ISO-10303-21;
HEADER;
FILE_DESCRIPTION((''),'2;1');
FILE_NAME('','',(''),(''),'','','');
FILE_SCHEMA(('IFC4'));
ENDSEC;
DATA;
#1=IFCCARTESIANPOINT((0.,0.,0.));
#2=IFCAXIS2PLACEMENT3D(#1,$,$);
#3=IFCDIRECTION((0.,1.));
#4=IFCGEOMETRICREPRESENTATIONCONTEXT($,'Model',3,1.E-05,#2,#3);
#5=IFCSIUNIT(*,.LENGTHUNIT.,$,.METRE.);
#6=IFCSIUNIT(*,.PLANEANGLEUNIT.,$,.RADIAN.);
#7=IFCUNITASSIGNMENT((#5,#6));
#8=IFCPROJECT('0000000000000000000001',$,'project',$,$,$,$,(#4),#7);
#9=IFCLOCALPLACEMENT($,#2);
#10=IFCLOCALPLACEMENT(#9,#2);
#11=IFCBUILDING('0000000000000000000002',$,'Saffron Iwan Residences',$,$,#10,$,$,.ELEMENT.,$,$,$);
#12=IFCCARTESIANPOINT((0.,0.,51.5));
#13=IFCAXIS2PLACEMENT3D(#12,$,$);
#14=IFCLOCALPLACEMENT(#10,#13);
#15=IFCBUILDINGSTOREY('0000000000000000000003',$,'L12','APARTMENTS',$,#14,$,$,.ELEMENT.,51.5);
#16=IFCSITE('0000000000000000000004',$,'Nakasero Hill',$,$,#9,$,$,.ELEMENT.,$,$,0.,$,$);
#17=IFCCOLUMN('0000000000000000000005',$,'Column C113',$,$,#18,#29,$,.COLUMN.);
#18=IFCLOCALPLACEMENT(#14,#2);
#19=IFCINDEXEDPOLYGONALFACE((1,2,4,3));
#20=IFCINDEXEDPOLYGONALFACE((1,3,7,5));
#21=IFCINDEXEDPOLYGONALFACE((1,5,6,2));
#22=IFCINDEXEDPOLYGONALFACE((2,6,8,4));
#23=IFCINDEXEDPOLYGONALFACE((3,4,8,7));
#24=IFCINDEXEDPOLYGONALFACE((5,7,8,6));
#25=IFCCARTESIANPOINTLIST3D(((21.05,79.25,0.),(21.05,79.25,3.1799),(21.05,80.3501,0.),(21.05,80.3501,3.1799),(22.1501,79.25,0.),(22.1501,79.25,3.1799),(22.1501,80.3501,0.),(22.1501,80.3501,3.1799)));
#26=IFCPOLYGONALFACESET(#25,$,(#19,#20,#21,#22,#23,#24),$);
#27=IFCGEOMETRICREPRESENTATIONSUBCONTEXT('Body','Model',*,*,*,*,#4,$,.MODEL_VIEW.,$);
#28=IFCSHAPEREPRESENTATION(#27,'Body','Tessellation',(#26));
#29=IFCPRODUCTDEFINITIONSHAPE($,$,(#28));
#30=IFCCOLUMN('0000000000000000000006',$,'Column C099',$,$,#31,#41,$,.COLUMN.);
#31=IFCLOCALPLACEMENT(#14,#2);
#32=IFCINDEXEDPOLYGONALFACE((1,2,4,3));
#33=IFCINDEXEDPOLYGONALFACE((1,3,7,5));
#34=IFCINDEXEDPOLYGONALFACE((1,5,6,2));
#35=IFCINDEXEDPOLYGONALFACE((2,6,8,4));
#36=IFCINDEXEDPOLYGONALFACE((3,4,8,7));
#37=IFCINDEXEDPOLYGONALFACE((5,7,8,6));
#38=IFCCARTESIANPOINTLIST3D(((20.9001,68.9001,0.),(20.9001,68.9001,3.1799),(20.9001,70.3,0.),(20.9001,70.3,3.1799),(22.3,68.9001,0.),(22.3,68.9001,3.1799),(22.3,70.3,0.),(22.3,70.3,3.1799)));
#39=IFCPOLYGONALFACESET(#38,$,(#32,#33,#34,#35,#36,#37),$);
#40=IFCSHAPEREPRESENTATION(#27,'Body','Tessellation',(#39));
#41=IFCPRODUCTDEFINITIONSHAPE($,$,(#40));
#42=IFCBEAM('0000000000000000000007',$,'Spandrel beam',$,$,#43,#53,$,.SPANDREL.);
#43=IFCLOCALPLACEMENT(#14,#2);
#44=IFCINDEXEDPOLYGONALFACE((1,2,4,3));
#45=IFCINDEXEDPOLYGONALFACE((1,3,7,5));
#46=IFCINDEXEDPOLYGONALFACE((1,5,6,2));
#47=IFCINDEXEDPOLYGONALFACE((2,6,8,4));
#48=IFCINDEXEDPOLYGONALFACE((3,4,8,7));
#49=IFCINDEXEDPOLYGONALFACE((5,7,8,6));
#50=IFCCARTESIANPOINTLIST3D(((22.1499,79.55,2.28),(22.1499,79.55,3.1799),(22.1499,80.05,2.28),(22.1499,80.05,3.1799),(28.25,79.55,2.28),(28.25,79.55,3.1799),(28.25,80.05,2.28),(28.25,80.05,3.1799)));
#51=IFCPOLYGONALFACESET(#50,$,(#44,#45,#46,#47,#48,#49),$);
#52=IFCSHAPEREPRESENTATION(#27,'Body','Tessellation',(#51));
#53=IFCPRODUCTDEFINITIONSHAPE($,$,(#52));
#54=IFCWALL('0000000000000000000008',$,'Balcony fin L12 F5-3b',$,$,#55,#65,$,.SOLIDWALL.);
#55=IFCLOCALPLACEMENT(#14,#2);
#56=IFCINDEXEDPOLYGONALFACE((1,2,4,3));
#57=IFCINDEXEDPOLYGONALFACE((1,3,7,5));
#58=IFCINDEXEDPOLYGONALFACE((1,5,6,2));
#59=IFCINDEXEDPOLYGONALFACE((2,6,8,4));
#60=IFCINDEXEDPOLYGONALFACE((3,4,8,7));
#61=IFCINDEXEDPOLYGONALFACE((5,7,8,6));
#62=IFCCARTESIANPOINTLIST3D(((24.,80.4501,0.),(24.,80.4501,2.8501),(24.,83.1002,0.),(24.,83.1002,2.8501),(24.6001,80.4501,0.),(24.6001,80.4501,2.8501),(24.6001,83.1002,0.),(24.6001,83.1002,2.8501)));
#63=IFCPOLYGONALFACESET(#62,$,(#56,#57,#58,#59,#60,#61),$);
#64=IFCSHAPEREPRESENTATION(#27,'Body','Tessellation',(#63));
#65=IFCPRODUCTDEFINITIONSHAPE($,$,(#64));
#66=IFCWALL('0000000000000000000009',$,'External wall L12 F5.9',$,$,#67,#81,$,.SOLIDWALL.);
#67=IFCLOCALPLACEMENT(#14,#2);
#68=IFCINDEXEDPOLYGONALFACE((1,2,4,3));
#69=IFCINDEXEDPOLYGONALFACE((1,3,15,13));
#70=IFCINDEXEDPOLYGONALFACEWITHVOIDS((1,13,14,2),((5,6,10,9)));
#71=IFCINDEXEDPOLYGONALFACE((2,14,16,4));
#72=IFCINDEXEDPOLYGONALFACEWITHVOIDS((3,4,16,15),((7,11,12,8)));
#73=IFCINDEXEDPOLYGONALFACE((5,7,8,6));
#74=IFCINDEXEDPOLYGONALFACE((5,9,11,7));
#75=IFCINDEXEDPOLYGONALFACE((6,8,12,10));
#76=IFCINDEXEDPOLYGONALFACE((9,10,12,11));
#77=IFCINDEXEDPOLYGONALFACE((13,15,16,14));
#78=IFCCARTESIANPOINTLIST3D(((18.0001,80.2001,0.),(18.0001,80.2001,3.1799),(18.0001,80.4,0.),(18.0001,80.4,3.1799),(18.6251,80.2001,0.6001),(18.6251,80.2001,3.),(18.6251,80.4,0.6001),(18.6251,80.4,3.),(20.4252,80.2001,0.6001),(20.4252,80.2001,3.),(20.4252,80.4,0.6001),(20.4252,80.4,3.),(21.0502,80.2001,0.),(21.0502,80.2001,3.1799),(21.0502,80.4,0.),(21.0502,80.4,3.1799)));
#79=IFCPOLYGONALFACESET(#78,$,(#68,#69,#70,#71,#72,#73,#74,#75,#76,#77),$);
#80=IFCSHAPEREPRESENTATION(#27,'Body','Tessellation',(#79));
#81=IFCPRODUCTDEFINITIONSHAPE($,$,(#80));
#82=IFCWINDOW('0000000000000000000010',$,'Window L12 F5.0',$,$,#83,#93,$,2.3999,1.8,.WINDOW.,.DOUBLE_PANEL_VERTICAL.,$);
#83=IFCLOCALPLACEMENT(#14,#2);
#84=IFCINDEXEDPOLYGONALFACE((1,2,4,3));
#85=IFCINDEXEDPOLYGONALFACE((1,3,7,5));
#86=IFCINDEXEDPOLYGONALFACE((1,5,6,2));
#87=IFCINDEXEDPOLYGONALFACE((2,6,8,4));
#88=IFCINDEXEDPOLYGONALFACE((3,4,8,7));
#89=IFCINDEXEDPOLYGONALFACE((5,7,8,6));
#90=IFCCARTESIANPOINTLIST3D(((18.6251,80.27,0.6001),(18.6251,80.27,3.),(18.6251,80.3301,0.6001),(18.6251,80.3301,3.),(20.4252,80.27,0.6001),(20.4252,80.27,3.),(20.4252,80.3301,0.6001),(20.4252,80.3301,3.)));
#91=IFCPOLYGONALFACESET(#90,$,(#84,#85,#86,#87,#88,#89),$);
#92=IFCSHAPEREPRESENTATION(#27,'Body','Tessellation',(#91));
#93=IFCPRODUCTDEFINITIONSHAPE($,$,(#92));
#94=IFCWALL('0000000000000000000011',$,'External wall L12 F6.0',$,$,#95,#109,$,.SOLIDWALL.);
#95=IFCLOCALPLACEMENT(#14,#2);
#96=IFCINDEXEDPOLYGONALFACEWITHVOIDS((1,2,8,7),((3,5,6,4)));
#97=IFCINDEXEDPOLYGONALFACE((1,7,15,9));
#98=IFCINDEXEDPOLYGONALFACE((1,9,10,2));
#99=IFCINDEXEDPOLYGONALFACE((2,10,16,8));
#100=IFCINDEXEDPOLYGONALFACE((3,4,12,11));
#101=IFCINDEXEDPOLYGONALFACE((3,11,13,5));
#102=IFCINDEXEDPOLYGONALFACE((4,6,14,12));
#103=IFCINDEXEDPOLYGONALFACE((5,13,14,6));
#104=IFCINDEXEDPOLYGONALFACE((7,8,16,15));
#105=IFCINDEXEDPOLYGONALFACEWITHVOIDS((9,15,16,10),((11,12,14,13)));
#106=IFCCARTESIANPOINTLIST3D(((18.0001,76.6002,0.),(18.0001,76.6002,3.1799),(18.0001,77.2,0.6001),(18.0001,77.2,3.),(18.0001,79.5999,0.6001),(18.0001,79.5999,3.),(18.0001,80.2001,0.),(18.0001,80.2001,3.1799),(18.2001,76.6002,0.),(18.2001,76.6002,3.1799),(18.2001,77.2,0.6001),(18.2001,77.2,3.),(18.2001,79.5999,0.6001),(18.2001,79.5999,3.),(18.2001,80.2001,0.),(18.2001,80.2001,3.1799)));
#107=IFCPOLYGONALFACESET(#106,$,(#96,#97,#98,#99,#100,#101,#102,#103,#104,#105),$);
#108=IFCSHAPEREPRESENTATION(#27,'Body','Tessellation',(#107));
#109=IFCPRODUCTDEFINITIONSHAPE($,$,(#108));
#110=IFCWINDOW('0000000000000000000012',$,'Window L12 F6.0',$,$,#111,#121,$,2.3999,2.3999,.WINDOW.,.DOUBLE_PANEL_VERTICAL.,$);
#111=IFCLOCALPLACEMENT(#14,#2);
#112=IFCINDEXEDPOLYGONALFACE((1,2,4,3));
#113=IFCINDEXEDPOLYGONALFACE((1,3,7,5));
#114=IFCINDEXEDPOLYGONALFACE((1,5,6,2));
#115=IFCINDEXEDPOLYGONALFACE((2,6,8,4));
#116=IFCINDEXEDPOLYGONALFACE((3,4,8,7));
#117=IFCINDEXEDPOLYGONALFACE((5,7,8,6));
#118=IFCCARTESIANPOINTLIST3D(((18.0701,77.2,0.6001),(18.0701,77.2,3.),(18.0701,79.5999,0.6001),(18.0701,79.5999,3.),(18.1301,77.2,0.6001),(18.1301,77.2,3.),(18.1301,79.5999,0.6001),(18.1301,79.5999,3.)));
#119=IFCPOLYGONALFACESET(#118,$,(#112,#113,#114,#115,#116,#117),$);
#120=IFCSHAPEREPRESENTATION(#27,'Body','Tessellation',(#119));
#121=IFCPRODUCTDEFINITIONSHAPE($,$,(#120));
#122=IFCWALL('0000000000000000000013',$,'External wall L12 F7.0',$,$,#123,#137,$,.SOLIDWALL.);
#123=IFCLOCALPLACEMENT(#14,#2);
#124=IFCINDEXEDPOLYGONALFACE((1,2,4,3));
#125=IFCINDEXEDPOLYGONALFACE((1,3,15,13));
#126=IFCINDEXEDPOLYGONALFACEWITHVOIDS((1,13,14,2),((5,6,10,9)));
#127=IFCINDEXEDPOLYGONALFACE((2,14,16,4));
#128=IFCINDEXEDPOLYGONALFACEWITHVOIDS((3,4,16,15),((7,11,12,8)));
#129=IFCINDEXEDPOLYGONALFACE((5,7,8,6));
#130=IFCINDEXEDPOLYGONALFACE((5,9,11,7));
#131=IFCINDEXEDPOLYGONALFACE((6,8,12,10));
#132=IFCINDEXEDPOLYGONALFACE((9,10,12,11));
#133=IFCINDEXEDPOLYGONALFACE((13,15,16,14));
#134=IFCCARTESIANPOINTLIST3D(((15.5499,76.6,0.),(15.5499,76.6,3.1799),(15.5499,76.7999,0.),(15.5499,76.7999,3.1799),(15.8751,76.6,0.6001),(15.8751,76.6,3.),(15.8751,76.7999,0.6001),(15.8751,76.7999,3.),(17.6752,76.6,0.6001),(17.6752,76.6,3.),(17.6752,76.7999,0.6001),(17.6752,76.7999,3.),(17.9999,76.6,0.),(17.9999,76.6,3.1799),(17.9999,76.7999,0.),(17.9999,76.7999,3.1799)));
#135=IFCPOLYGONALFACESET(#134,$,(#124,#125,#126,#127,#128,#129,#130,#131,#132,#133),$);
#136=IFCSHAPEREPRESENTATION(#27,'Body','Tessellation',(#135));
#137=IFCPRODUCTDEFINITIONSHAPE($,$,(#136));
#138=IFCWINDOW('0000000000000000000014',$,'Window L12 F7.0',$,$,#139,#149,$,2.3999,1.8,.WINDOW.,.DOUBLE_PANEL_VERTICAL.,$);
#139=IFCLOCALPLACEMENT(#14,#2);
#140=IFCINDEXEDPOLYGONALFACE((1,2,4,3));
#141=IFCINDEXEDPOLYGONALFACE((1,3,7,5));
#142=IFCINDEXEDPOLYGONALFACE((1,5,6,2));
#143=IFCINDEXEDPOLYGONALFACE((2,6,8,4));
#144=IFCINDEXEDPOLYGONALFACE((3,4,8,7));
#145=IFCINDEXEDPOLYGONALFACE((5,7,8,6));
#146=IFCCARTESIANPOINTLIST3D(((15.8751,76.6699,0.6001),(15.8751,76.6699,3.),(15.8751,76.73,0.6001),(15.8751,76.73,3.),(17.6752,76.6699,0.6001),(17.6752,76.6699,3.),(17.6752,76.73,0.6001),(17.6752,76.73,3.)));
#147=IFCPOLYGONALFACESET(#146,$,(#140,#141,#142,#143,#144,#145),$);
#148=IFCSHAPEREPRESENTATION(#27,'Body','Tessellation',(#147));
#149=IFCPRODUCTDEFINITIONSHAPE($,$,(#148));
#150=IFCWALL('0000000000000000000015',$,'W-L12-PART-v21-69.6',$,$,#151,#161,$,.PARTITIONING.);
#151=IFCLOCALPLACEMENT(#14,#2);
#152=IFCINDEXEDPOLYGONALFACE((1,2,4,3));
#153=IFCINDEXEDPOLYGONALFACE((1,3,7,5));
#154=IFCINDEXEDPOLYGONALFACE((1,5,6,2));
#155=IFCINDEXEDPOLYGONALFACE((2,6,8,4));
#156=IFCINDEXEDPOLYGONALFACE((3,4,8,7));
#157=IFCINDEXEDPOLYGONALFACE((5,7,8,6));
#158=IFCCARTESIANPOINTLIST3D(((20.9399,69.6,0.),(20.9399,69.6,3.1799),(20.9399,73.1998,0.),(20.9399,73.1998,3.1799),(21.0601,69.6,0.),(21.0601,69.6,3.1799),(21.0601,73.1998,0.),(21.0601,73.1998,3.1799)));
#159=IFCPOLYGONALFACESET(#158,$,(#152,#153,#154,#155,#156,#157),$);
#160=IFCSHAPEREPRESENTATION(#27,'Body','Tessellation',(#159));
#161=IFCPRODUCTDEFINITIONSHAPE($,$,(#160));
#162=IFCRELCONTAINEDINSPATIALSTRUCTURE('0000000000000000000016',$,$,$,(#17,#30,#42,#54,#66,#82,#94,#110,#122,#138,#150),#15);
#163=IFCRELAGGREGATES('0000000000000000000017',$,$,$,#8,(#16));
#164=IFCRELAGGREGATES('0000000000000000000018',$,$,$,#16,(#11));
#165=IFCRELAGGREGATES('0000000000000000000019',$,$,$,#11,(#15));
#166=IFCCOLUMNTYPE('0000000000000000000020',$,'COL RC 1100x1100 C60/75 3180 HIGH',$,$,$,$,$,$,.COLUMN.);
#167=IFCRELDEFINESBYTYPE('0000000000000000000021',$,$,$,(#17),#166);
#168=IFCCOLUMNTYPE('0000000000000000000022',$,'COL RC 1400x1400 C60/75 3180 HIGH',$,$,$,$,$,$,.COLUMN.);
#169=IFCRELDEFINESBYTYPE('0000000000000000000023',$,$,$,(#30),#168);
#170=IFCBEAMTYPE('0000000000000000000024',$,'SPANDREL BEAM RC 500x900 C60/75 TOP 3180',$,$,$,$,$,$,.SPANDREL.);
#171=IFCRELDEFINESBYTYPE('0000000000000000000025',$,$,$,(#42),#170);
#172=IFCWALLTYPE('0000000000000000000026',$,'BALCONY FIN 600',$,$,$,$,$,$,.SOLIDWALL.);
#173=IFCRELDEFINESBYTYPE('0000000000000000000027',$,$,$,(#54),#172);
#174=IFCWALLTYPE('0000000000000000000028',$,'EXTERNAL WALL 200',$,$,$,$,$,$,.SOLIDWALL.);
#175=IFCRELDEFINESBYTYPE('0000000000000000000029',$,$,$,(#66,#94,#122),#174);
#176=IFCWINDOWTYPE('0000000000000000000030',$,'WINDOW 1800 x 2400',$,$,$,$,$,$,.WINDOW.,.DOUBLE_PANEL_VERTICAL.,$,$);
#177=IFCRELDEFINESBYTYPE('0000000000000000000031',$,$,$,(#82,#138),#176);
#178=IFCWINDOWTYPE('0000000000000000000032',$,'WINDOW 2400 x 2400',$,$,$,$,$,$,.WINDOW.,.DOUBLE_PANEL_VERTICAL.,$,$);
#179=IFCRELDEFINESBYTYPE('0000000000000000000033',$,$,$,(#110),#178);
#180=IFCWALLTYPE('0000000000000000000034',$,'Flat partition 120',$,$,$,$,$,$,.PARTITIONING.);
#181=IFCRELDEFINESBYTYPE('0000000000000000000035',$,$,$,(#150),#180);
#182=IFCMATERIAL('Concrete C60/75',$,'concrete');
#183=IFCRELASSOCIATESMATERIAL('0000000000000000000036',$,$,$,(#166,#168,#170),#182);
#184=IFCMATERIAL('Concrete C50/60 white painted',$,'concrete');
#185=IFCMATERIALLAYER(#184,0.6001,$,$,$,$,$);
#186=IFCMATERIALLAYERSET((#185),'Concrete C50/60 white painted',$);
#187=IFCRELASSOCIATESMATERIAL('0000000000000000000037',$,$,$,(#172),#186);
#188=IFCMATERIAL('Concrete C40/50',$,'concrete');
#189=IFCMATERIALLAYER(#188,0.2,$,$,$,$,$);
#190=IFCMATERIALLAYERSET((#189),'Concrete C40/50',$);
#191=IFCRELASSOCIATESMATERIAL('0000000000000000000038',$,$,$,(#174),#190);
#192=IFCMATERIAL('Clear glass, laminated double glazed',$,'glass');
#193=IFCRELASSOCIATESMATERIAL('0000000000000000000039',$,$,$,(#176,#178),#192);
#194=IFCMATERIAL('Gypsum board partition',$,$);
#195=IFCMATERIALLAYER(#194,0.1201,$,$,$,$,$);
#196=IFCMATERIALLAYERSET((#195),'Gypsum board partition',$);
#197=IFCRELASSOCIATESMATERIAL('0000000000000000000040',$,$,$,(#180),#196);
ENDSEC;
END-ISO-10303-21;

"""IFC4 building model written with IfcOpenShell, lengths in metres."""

from ifc_helpers import new_model, si_unit, direction, frame, frame_2d, origin, origin_2d, place, context, subcontext, project, spatial, rectangle, extrude, source, transform, mapped, material, layer, layer_set, material_profile, profile_set, type_object, element, fill, save


model = new_model("IFC4")

# Units and contexts
model_context = context("Model", 3, precision=1e-05, world=origin(), true_north=direction((0.0, 1.0)))
body_context = subcontext(model_context, "Body", "Model", "MODEL_VIEW")
ifc_project = project(units=[si_unit("LENGTHUNIT", "METRE"), si_unit("PLANEANGLEUNIT", "RADIAN")], contexts=[model_context])

# Site, building, storey
site_placement = place(None, origin())
site = spatial("IfcSite", under=ifc_project, at=site_placement, Name="Nakasero Hill", CompositionType="ELEMENT", RefElevation=0.0)
building_placement = place(site_placement, origin())
building = spatial("IfcBuilding", under=site, at=building_placement, Name="Saffron Iwan Residences", CompositionType="ELEMENT")
storey_placement = place(building_placement, frame((0.0, 0.0, 51.5)))
storey = spatial("IfcBuildingStorey", under=building, at=storey_placement, Name="L12", Description="APARTMENTS", CompositionType="ELEMENT", Elevation=51.5)

# Columns
ifc_material_1 = material(Name="Concrete C60/75", Category="concrete")
ifc_material_profile_1 = material_profile(ifc_material_1, rectangle(XDim=1.1001, YDim=1.1001, at=origin_2d()), Name="RC 1100x1100")
ifc_profile_set_1 = profile_set([ifc_material_profile_1], Name="Concrete C60/75")
column_type_1 = type_object("IfcColumnType", Name="COL RC 1100x1100 C60/75 3180 HIGH", PredefinedType="COLUMN", material=ifc_profile_set_1)
shared_shape_1 = source(origin(), body_context, "Body", "SweptSolid", [
    extrude(rectangle(XDim=1.1001, YDim=1.1001, at=origin_2d()), origin(), (0.0, 0.0, 1.0), 3.1799),
])
column_1_placement = place(storey_placement, frame((21.6001, 79.8, 0.0), z_axis=(0.0, 0.0, 1.0), x_axis=(1.0, 0.0, 0.0)))
element("IfcColumn", 1, at=column_1_placement, inside=storey, type_object=column_type_1, Name="Column C113", PredefinedType="COLUMN", context=body_context, shape_type="MappedRepresentation", body=[
    mapped(shared_shape_1, transform((0.0, 0.0, 0.0))),
])
ifc_material_profile_2 = material_profile(ifc_material_1, rectangle(XDim=1.3999, YDim=1.3999, at=origin_2d()), Name="RC 1400x1400")
ifc_profile_set_2 = profile_set([ifc_material_profile_2], Name="Concrete C60/75")
column_type_2 = type_object("IfcColumnType", Name="COL RC 1400x1400 C60/75 3180 HIGH", PredefinedType="COLUMN", material=ifc_profile_set_2)
shared_shape_2 = source(origin(), body_context, "Body", "SweptSolid", [
    extrude(rectangle(XDim=1.3999, YDim=1.3999, at=origin_2d()), origin(), (0.0, 0.0, 1.0), 3.1799),
])
column_2_placement = place(storey_placement, frame((21.6001, 69.6001, 0.0), z_axis=(0.0, 0.0, 1.0), x_axis=(1.0, 0.0, 0.0)))
element("IfcColumn", 2, at=column_2_placement, inside=storey, type_object=column_type_2, Name="Column C099", PredefinedType="COLUMN", context=body_context, shape_type="MappedRepresentation", body=[
    mapped(shared_shape_2, transform((0.0, 0.0, 0.0))),
])

# Beam
ifc_material_profile_3 = material_profile(ifc_material_1, rectangle(XDim=0.5, YDim=0.8999, at=origin_2d()), Name="RC 500x900")
ifc_profile_set_3 = profile_set([ifc_material_profile_3], Name="Concrete C60/75")
beam_type = type_object("IfcBeamType", Name="SPANDREL BEAM RC 500x900 C60/75 TOP 3180", PredefinedType="SPANDREL", material=ifc_profile_set_3)
shared_shape_3 = source(origin(), body_context, "Body", "SweptSolid", [
    extrude(rectangle(XDim=0.5, YDim=0.8999, at=origin_2d()), origin(), (0.0, 0.0, 1.0), 6.1001),
])
beam_placement = place(storey_placement, frame((22.1499, 79.8, 2.73), z_axis=(1.0, 0.0, 0.0), x_axis=(0.0, 1.0, 0.0)))
element("IfcBeam", 3, at=beam_placement, inside=storey, type_object=beam_type, Name="Spandrel beam", PredefinedType="SPANDREL", context=body_context, shape_type="MappedRepresentation", body=[
    mapped(shared_shape_3, transform((0.0, 0.0, 0.0))),
])

# Wall
ifc_material_2 = material(Name="Concrete C50/60 white painted", Category="concrete")
ifc_layer_1 = layer(ifc_material_2, 0.6001)
ifc_layer_set_1 = layer_set([ifc_layer_1], Name="Concrete C50/60 white painted")
wall_type_1 = type_object("IfcWallType", Name="BALCONY FIN 600", PredefinedType="SOLIDWALL", material=ifc_layer_set_1)
wall_1_placement = place(storey_placement, frame((24.3, 80.45, 0.0), z_axis=(0.0, 0.0, 1.0), x_axis=(0.0, 1.0, 0.0)))
element("IfcWall", 4, at=wall_1_placement, inside=storey, type_object=wall_type_1, Name="Balcony fin L12 F5-3b", PredefinedType="SOLIDWALL", context=body_context, shape_type="SweptSolid", body=[
    extrude(rectangle(XDim=2.6501, YDim=0.6001, at=frame_2d((1.3252, 0.0))), origin(), (0.0, 0.0, 1.0), 2.8501),
])

# Shared definitions
ifc_material_3 = material(Name="Concrete C40/50", Category="concrete")
ifc_layer_2 = layer(ifc_material_3, 0.2)
ifc_layer_set_2 = layer_set([ifc_layer_2], Name="Concrete C40/50")
wall_type_2 = type_object("IfcWallType", Name="EXTERNAL WALL 200", PredefinedType="SOLIDWALL", material=ifc_layer_set_2)
ifc_material_4 = material(Name="Clear glass, laminated double glazed", Category="glass")

# Walls, openings, windows
wall_2_placement = place(storey_placement, frame((21.05, 80.3, 0.0), z_axis=(0.0, 0.0, 1.0), x_axis=(-1.0, 0.0, 0.0)))
wall_2 = element("IfcWall", 5, at=wall_2_placement, inside=storey, type_object=wall_type_2, Name="External wall L12 F5.9", PredefinedType="SOLIDWALL", context=body_context, shape_type="SweptSolid", body=[
    extrude(rectangle(XDim=3.05, YDim=0.2, at=frame_2d((1.5249, 0.0))), origin(), (0.0, 0.0, 1.0), 3.1799),
])
opening_1_placement = place(wall_2_placement, frame((0.625, 0.0, 0.6001)))
opening_1 = element("IfcOpeningElement", 6, at=opening_1_placement, cuts=wall_2, PredefinedType="OPENING", context=body_context, shape_type="SweptSolid", body=[
    extrude(rectangle(XDim=1.8, YDim=2.3999, at=frame_2d((0.8999, 1.2))), frame((0.0, 0.1099, 0.0), z_axis=(0.0, -1.0, 0.0), x_axis=(1.0, 0.0, 0.0)), (0.0, 0.0, 1.0), 0.22),
])
window_type_1 = type_object("IfcWindowType", Name="WINDOW 1800 x 2400", PartitioningType="DOUBLE_PANEL_VERTICAL", PredefinedType="WINDOW", material=ifc_material_4)
window_1_placement = place(opening_1_placement, origin())
window_1 = element("IfcWindow", 7, at=window_1_placement, inside=storey, type_object=window_type_1, Name="Window L12 F5.0", OverallHeight=2.3999, OverallWidth=1.8, PartitioningType="DOUBLE_PANEL_VERTICAL", PredefinedType="WINDOW", context=body_context, shape_type="SweptSolid", body=[
    extrude(rectangle(XDim=1.8, YDim=2.3999, at=frame_2d((0.8999, 1.2))), frame((0.0, 0.03, 0.0), z_axis=(0.0, -1.0, 0.0), x_axis=(1.0, 0.0, 0.0)), (0.0, 0.0, 1.0), 0.0601),
])
fill(opening_1, window_1)
wall_3_placement = place(storey_placement, frame((18.1001, 80.2, 0.0), z_axis=(0.0, 0.0, 1.0), x_axis=(0.0, -1.0, 0.0)))
wall_3 = element("IfcWall", 8, at=wall_3_placement, inside=storey, type_object=wall_type_2, Name="External wall L12 F6.0", PredefinedType="SOLIDWALL", context=body_context, shape_type="SweptSolid", body=[
    extrude(rectangle(XDim=3.5999, YDim=0.2, at=frame_2d((1.7998, 0.0))), origin(), (0.0, 0.0, 1.0), 3.1799),
])
opening_2_placement = place(wall_3_placement, frame((0.6001, 0.0, 0.6001)))
opening_2 = element("IfcOpeningElement", 9, at=opening_2_placement, cuts=wall_3, PredefinedType="OPENING", context=body_context, shape_type="SweptSolid", body=[
    extrude(rectangle(XDim=2.3999, YDim=2.3999, at=frame_2d((1.2, 1.2))), frame((0.0, 0.1099, 0.0), z_axis=(0.0, -1.0, 0.0), x_axis=(1.0, 0.0, 0.0)), (0.0, 0.0, 1.0), 0.22),
])
window_type_2 = type_object("IfcWindowType", Name="WINDOW 2400 x 2400", PartitioningType="DOUBLE_PANEL_VERTICAL", PredefinedType="WINDOW", material=ifc_material_4)
window_2_placement = place(opening_2_placement, origin())
window_2 = element("IfcWindow", 10, at=window_2_placement, inside=storey, type_object=window_type_2, Name="Window L12 F6.0", OverallHeight=2.3999, OverallWidth=2.3999, PartitioningType="DOUBLE_PANEL_VERTICAL", PredefinedType="WINDOW", context=body_context, shape_type="SweptSolid", body=[
    extrude(rectangle(XDim=2.3999, YDim=2.3999, at=frame_2d((1.2, 1.2))), frame((0.0, 0.03, 0.0), z_axis=(0.0, -1.0, 0.0), x_axis=(1.0, 0.0, 0.0)), (0.0, 0.0, 1.0), 0.0601),
])
fill(opening_2, window_2)
wall_4_placement = place(storey_placement, frame((18.0, 76.7, 0.0), z_axis=(0.0, 0.0, 1.0), x_axis=(-1.0, 0.0, 0.0)))
wall_4 = element("IfcWall", 11, at=wall_4_placement, inside=storey, type_object=wall_type_2, Name="External wall L12 F7.0", PredefinedType="SOLIDWALL", context=body_context, shape_type="SweptSolid", body=[
    extrude(rectangle(XDim=2.45, YDim=0.2, at=frame_2d((1.2251, 0.0))), origin(), (0.0, 0.0, 1.0), 3.1799),
])
opening_3_placement = place(wall_4_placement, frame((0.325, 0.0, 0.6001)))
opening_3 = element("IfcOpeningElement", 12, at=opening_3_placement, cuts=wall_4, PredefinedType="OPENING", context=body_context, shape_type="SweptSolid", body=[
    extrude(rectangle(XDim=1.8, YDim=2.3999, at=frame_2d((0.8999, 1.2))), frame((0.0, 0.1099, 0.0), z_axis=(0.0, -1.0, 0.0), x_axis=(1.0, 0.0, 0.0)), (0.0, 0.0, 1.0), 0.22),
])
window_3_placement = place(opening_3_placement, origin())
window_3 = element("IfcWindow", 13, at=window_3_placement, inside=storey, type_object=window_type_1, Name="Window L12 F7.0", OverallHeight=2.3999, OverallWidth=1.8, PartitioningType="DOUBLE_PANEL_VERTICAL", PredefinedType="WINDOW", context=body_context, shape_type="SweptSolid", body=[
    extrude(rectangle(XDim=1.8, YDim=2.3999, at=frame_2d((0.8999, 1.2))), frame((0.0, 0.03, 0.0), z_axis=(0.0, -1.0, 0.0), x_axis=(1.0, 0.0, 0.0)), (0.0, 0.0, 1.0), 0.0601),
])
fill(opening_3, window_3)

# Wall
ifc_material_5 = material(Name="Gypsum board partition")
ifc_layer_3 = layer(ifc_material_5, 0.1201)
ifc_layer_set_3 = layer_set([ifc_layer_3], Name="Gypsum board partition")
wall_type_3 = type_object("IfcWallType", Name="Flat partition 120", PredefinedType="PARTITIONING", material=ifc_layer_set_3)
wall_5_placement = place(storey_placement, frame((21.0, 69.6001, 0.0), z_axis=(0.0, 0.0, 1.0), x_axis=(0.0, 1.0, 0.0)))
element("IfcWall", 14, at=wall_5_placement, inside=storey, type_object=wall_type_3, Name="W-L12-PART-v21-69.6", PredefinedType="PARTITIONING", context=body_context, shape_type="SweptSolid", body=[
    extrude(rectangle(XDim=3.5999, YDim=0.1201, at=frame_2d((1.7998, 0.0))), origin(), (0.0, 0.0, 1.0), 3.1799),
])

save(model, "model.ifc")
